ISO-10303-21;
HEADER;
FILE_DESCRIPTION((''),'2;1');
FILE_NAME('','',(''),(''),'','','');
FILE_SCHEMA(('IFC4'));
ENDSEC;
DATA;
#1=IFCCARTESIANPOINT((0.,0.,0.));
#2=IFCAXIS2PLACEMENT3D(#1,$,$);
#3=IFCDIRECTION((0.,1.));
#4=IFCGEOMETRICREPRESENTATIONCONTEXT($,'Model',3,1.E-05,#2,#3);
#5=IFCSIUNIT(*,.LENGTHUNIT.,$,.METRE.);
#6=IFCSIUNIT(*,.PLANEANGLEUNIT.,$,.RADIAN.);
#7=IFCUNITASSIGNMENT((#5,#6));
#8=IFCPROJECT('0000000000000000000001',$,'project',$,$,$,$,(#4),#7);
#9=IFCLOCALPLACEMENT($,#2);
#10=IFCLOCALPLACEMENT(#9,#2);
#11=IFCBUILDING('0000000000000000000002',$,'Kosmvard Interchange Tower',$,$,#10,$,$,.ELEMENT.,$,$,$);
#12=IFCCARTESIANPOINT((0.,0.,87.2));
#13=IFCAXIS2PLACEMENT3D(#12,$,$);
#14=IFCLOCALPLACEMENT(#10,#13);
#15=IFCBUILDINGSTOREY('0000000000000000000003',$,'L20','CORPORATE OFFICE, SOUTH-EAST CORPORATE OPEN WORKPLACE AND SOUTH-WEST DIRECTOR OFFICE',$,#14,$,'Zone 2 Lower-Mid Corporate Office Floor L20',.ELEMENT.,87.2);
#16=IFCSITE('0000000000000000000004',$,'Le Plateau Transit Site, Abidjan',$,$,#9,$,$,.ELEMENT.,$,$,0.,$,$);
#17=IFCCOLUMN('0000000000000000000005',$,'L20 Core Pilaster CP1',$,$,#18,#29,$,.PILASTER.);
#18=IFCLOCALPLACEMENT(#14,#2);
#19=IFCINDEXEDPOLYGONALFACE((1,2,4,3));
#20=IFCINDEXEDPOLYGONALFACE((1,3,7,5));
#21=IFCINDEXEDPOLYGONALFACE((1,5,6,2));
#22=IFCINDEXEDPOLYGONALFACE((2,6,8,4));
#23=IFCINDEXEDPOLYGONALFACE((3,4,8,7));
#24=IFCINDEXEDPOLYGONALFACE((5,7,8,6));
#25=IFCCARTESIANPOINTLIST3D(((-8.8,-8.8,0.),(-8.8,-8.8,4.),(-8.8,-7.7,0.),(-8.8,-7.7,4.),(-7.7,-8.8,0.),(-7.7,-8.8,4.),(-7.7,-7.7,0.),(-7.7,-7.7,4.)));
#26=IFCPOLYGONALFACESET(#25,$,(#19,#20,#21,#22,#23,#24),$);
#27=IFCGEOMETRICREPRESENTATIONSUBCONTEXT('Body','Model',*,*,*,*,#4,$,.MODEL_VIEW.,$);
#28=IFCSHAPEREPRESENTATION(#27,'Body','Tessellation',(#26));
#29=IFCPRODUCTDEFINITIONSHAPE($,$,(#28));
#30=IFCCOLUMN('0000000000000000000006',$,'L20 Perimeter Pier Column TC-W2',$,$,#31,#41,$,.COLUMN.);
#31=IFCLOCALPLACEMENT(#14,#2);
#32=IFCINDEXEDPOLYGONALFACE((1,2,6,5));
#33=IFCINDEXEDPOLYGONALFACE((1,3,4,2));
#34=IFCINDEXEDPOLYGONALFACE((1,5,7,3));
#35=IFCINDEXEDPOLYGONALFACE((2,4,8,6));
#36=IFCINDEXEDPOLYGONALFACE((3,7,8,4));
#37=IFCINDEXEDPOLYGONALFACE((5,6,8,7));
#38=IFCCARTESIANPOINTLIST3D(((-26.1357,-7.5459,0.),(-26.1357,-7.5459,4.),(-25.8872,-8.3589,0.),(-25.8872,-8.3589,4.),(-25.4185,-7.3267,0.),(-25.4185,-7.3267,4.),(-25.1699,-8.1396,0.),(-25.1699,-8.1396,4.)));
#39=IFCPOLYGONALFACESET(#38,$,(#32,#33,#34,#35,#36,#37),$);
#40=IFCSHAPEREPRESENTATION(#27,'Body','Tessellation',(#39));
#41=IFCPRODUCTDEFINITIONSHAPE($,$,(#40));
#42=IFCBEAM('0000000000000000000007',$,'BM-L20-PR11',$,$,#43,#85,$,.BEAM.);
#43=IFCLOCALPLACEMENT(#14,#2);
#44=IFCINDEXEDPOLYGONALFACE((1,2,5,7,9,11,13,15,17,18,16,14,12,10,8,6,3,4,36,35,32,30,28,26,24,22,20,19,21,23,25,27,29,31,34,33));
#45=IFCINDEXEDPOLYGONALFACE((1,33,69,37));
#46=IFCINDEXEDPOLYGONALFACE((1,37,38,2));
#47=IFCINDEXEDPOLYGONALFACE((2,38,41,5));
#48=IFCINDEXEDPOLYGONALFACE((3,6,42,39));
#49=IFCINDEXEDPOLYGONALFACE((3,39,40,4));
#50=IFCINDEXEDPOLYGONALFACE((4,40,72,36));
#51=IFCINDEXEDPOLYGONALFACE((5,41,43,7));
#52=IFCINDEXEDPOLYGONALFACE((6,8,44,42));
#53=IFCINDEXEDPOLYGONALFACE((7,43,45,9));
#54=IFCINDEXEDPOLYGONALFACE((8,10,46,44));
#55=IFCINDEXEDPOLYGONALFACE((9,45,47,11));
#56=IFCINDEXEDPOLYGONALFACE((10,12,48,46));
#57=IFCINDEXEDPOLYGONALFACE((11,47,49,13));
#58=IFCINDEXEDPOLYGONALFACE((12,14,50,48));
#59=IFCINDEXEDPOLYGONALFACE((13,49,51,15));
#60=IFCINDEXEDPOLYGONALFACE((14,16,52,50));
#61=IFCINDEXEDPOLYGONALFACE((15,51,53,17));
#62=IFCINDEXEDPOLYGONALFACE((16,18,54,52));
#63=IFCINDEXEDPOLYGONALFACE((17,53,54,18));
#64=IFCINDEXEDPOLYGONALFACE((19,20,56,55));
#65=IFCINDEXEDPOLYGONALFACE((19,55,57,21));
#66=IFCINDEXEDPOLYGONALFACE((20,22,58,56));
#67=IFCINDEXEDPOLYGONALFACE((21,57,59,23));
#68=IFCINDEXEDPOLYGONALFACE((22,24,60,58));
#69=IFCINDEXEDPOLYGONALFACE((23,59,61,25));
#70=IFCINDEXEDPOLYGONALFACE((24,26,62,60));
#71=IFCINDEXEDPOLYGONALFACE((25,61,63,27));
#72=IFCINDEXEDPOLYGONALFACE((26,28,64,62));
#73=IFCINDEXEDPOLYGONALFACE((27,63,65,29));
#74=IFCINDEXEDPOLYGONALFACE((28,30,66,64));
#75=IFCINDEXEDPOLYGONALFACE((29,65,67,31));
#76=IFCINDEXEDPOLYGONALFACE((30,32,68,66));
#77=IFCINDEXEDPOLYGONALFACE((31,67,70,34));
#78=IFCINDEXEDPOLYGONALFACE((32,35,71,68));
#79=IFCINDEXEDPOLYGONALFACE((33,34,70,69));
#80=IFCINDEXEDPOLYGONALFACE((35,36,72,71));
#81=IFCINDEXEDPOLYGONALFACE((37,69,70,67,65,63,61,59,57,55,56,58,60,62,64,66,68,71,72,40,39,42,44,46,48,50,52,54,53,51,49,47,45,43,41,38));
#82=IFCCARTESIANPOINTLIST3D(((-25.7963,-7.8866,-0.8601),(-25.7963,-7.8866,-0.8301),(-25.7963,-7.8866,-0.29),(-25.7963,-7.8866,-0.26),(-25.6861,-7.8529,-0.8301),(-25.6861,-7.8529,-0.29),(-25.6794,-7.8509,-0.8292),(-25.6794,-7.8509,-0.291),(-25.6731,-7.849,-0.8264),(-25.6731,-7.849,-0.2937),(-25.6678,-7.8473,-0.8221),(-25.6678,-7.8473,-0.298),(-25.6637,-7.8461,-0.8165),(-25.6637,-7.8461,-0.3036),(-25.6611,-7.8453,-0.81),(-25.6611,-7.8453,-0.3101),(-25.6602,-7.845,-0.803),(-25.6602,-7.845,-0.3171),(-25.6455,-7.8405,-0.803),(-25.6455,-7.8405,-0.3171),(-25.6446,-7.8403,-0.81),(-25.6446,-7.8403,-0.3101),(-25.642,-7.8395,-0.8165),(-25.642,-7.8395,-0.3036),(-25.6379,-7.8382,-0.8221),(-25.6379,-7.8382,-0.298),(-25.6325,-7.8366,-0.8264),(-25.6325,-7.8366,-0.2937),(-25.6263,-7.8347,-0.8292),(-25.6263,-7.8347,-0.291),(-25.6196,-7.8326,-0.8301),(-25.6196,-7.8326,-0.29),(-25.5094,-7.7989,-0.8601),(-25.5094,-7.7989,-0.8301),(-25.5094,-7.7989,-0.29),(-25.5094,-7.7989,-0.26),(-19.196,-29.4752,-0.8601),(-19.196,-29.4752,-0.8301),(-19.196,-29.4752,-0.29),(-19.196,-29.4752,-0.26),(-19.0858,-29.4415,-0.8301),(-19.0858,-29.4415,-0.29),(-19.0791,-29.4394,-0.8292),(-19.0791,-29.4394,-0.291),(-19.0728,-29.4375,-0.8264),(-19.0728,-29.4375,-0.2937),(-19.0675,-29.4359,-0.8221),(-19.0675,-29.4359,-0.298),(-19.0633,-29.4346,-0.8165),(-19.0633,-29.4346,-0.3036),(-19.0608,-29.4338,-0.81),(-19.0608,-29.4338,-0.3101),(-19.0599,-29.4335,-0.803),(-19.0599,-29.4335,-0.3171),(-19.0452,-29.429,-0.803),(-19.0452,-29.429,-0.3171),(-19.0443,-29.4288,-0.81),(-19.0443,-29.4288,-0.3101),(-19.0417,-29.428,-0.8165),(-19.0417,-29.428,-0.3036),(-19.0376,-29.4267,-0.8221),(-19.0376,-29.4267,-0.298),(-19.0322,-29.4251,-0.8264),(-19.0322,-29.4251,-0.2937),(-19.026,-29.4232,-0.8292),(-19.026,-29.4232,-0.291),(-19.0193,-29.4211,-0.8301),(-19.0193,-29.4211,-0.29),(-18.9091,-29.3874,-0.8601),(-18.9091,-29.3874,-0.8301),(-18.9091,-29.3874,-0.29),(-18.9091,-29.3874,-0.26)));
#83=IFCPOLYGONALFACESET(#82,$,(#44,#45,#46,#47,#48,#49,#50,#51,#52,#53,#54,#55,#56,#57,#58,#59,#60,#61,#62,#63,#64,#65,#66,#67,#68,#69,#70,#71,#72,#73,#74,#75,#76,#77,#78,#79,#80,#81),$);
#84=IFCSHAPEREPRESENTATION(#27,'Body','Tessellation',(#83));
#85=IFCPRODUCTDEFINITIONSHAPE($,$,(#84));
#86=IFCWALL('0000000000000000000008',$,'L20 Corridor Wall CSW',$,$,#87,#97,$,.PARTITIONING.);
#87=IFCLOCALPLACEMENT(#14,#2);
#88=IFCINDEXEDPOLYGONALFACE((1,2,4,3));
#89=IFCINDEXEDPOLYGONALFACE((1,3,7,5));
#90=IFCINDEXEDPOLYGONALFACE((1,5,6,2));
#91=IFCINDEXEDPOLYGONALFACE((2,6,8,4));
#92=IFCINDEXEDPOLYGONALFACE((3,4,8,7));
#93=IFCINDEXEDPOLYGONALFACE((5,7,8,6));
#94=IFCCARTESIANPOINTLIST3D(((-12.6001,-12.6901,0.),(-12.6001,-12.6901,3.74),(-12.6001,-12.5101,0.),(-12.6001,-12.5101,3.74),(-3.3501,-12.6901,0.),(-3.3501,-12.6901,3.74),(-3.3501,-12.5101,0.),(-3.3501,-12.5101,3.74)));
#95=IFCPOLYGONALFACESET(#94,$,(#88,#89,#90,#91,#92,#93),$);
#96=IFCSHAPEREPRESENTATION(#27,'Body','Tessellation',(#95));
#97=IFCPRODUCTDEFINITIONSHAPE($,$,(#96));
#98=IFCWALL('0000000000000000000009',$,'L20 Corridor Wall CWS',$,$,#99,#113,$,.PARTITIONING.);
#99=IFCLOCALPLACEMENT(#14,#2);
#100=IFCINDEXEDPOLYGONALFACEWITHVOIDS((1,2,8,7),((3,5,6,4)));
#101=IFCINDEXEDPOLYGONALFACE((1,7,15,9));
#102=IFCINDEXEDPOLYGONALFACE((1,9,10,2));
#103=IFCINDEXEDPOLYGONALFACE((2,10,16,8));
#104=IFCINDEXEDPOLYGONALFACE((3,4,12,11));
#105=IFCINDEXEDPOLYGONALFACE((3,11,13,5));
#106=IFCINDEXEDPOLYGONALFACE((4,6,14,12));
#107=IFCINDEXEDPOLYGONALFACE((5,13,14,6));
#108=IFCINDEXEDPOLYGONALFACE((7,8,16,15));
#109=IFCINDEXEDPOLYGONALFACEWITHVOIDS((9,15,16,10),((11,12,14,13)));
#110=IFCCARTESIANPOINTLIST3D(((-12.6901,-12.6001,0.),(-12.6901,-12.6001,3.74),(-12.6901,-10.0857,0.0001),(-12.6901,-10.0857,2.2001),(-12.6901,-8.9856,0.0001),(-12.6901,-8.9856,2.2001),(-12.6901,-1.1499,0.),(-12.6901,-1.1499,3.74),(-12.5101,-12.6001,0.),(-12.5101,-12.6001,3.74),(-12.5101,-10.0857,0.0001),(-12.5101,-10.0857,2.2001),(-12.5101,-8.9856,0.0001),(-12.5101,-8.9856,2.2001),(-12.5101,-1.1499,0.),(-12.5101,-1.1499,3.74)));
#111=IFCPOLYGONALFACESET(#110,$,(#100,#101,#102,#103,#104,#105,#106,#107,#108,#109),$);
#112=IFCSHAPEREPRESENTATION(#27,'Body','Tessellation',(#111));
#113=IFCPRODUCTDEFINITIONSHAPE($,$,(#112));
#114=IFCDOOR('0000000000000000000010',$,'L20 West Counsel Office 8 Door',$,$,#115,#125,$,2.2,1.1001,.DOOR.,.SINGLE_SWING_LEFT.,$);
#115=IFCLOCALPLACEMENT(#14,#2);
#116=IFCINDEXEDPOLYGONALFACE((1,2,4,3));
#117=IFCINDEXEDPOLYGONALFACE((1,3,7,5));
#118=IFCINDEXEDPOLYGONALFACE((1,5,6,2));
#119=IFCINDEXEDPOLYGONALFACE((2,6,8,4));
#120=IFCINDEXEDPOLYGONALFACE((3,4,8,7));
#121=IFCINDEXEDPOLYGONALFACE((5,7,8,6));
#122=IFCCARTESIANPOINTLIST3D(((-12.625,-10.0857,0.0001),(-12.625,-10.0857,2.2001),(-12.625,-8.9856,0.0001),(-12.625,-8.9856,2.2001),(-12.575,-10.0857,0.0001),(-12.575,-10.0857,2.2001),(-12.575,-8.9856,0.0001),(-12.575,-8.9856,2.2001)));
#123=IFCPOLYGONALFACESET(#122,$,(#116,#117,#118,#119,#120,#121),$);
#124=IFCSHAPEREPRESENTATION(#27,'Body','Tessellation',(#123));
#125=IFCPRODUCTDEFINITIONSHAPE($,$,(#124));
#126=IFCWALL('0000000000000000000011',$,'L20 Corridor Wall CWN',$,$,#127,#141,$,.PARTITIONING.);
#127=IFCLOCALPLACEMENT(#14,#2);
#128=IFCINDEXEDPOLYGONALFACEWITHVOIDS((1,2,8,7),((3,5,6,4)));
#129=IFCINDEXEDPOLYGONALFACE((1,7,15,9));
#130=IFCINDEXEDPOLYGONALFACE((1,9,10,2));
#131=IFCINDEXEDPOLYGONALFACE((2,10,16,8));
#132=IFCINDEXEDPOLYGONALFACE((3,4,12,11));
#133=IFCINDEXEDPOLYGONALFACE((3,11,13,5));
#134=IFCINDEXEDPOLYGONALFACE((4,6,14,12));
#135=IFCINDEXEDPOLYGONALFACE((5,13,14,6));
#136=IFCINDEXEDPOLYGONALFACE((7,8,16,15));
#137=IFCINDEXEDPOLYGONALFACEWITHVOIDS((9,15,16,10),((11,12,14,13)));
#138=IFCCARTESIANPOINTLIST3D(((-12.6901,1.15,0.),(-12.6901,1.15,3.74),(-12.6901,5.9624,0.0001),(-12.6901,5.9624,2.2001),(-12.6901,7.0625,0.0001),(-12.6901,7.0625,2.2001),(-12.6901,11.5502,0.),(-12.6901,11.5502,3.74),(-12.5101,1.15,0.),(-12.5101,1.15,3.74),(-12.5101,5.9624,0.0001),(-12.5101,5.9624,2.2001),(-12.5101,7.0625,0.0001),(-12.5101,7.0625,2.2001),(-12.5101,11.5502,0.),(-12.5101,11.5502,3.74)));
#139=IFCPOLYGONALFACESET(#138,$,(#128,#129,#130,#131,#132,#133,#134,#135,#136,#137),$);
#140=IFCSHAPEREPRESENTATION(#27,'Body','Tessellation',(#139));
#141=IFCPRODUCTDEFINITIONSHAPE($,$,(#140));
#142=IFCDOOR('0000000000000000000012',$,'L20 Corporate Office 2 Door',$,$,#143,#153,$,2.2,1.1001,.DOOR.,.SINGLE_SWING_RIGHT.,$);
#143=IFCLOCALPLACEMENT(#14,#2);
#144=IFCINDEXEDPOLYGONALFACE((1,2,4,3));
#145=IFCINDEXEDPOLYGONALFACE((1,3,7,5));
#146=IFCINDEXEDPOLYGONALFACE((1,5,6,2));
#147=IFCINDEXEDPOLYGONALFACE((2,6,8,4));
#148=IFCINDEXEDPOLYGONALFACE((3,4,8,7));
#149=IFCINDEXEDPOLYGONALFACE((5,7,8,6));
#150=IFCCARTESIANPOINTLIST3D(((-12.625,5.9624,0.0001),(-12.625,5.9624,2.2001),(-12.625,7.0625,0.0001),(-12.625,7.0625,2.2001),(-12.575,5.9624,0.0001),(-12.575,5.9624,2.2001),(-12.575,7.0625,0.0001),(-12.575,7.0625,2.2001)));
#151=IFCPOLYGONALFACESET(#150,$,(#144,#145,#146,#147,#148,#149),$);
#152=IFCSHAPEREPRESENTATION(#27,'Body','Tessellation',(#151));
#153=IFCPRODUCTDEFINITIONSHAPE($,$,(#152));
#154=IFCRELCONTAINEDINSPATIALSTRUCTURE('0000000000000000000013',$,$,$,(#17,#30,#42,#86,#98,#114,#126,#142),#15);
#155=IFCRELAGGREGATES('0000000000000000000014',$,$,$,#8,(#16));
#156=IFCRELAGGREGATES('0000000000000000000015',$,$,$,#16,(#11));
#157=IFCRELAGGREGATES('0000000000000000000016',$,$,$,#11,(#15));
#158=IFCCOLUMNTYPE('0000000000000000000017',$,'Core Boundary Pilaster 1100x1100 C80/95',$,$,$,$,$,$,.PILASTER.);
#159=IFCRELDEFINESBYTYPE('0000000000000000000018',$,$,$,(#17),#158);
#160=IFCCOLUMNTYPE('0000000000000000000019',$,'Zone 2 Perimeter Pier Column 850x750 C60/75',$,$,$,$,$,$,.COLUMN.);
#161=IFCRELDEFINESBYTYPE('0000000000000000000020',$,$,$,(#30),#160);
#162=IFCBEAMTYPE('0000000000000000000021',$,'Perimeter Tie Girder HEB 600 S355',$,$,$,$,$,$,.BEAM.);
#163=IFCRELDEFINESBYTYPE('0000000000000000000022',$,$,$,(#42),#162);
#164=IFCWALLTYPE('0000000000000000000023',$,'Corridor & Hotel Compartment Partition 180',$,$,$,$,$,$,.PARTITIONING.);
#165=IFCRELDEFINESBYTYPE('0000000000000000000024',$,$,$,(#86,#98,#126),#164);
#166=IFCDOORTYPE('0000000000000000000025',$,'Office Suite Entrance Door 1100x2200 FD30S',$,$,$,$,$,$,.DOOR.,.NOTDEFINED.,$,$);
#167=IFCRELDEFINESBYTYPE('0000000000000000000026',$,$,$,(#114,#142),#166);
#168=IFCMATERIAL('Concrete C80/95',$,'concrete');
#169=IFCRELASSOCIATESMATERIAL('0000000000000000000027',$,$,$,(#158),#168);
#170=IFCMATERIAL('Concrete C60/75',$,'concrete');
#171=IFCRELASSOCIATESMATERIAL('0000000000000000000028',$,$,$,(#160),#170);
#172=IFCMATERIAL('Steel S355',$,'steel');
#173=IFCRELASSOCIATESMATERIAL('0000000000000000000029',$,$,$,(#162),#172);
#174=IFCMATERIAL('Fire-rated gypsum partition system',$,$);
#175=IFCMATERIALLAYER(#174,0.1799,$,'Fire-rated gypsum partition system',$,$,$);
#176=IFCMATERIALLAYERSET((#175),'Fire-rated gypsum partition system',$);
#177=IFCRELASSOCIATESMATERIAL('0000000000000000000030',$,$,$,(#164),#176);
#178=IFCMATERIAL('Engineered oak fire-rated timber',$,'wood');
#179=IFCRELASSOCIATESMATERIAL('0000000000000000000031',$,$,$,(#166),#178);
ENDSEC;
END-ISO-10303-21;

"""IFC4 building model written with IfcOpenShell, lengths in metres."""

from ifc_helpers import new_model, si_unit, direction, frame, frame_2d, origin, origin_2d, place, context, subcontext, project, spatial, rectangle, i_section, extrude, source, transform, mapped, material, layer, layer_set, material_profile, profile_set, type_object, element, fill, save


model = new_model("IFC4")

# Units and contexts
model_context = context("Model", 3, precision=1e-05, world=origin(), true_north=direction((0.0, 1.0)))
body_context = subcontext(model_context, "Body", "Model", "MODEL_VIEW")
ifc_project = project(units=[si_unit("LENGTHUNIT", "METRE"), si_unit("PLANEANGLEUNIT", "RADIAN")], contexts=[model_context])

# Site, building, storey
site_placement = place(None, origin())
site = spatial("IfcSite", under=ifc_project, at=site_placement, Name="Le Plateau Transit Site, Abidjan", CompositionType="ELEMENT", RefElevation=0.0)
building_placement = place(site_placement, origin())
building = spatial("IfcBuilding", under=site, at=building_placement, Name="Kosmvard Interchange Tower", CompositionType="ELEMENT")
storey_placement = place(building_placement, frame((0.0, 0.0, 87.2)))
storey = spatial("IfcBuildingStorey", under=building, at=storey_placement, Name="L20", Description="CORPORATE OFFICE, SOUTH-EAST CORPORATE OPEN WORKPLACE AND SOUTH-WEST DIRECTOR OFFICE", LongName="Zone 2 Lower-Mid Corporate Office Floor L20", CompositionType="ELEMENT", Elevation=87.2)

# Columns
ifc_material_1 = material(Name="Concrete C80/95", Category="concrete")
ifc_material_profile_1 = material_profile(ifc_material_1, rectangle(XDim=1.1001, YDim=1.1001, at=origin_2d()), Name="CP 1100x1100")
ifc_profile_set_1 = profile_set([ifc_material_profile_1], Name="Concrete C80/95")
column_type_1 = type_object("IfcColumnType", Name="Core Boundary Pilaster 1100x1100 C80/95", PredefinedType="PILASTER", material=ifc_profile_set_1)
shared_shape_1 = source(origin(), body_context, "Body", "SweptSolid", [
    extrude(rectangle(XDim=1.1001, YDim=1.1001, at=origin_2d()), origin(), (0.0, 0.0, 1.0), 4.0),
])
column_1_placement = place(storey_placement, frame((-8.25, -8.25, 0.0), z_axis=(0.0, 0.0, 1.0), x_axis=(1.0, 0.0, 0.0)))
element("IfcColumn", 1, at=column_1_placement, inside=storey, type_object=column_type_1, Name="L20 Core Pilaster CP1", PredefinedType="PILASTER", context=body_context, shape_type="MappedRepresentation", body=[
    mapped(shared_shape_1, transform((0.0, 0.0, 0.0), scale=1.0)),
])
ifc_material_2 = material(Name="Concrete C60/75", Category="concrete")
ifc_material_profile_2 = material_profile(ifc_material_2, rectangle(XDim=0.75, YDim=0.8501, at=origin_2d()), Name="TC 850x750")
ifc_profile_set_2 = profile_set([ifc_material_profile_2], Name="Concrete C60/75")
column_type_2 = type_object("IfcColumnType", Name="Zone 2 Perimeter Pier Column 850x750 C60/75", PredefinedType="COLUMN", material=ifc_profile_set_2)
shared_shape_2 = source(origin(), body_context, "Body", "SweptSolid", [
    extrude(rectangle(XDim=0.75, YDim=0.8501, at=origin_2d()), origin(), (0.0, 0.0, 1.0), 4.0),
])
column_2_placement = place(storey_placement, frame((-25.6528, -7.8428, 0.0), z_axis=(0.0, 0.0, 1.0), x_axis=(0.956305, 0.292372, 0.0)))
element("IfcColumn", 2, at=column_2_placement, inside=storey, type_object=column_type_2, Name="L20 Perimeter Pier Column TC-W2", PredefinedType="COLUMN", context=body_context, shape_type="MappedRepresentation", body=[
    mapped(shared_shape_2, transform((0.0, 0.0, 0.0), scale=1.0)),
])

# Beam
ifc_material_3 = material(Name="Steel S355", Category="steel")
ifc_material_profile_3 = material_profile(ifc_material_3, i_section(OverallWidth=0.3, OverallDepth=0.6001, WebThickness=0.0154, FlangeThickness=0.03, FilletRadius=0.0271, at=origin_2d()), Name="HEB 600")
ifc_profile_set_3 = profile_set([ifc_material_profile_3], Name="Steel S355")
beam_type = type_object("IfcBeamType", Name="Perimeter Tie Girder HEB 600 S355", PredefinedType="BEAM", material=ifc_profile_set_3)
shared_shape_3 = source(origin(), body_context, "Body", "SweptSolid", [
    extrude(i_section(OverallWidth=0.3, OverallDepth=0.6001, WebThickness=0.0154, FlangeThickness=0.03, FilletRadius=0.0271, at=origin_2d()), origin(), (0.0, 0.0, 1.0), 22.575),
])
beam_placement = place(storey_placement, frame((-25.6528, -7.8428, -0.5601), z_axis=(0.292373, -0.956304, 0.0), x_axis=(0.956304, 0.292373, 0.0)))
element("IfcBeam", 3, at=beam_placement, inside=storey, type_object=beam_type, Name="BM-L20-PR11", PredefinedType="BEAM", context=body_context, shape_type="MappedRepresentation", body=[
    mapped(shared_shape_3, transform((0.0, 0.0, 0.0), scale=1.0)),
])

# Wall
ifc_material_4 = material(Name="Fire-rated gypsum partition system")
ifc_layer_1 = layer(ifc_material_4, 0.1799, Name="Fire-rated gypsum partition system")
ifc_layer_set_1 = layer_set([ifc_layer_1], Name="Fire-rated gypsum partition system")
wall_type_1 = type_object("IfcWallType", Name="Corridor & Hotel Compartment Partition 180", PredefinedType="PARTITIONING", material=ifc_layer_set_1)
wall_1_placement = place(storey_placement, frame((-12.6001, -12.6001, 0.0), z_axis=(0.0, 0.0, 1.0), x_axis=(1.0, 0.0, 0.0)))
element("IfcWall", 4, at=wall_1_placement, inside=storey, type_object=wall_type_1, Name="L20 Corridor Wall CSW", PredefinedType="PARTITIONING", context=body_context, shape_type="SweptSolid", body=[
    extrude(rectangle(XDim=9.25, YDim=0.1799, at=frame_2d((4.625, 0.0))), origin(), (0.0, 0.0, 1.0), 3.74),
])

# Walls, openings, doors
wall_2_placement = place(storey_placement, frame((-12.6001, -12.6001, 0.0), z_axis=(0.0, 0.0, 1.0), x_axis=(0.0, 1.0, 0.0)))
wall_2 = element("IfcWall", 5, at=wall_2_placement, inside=storey, type_object=wall_type_1, Name="L20 Corridor Wall CWS", PredefinedType="PARTITIONING", context=body_context, shape_type="SweptSolid", body=[
    extrude(rectangle(XDim=11.4502, YDim=0.1799, at=frame_2d((5.7251, 0.0))), origin(), (0.0, 0.0, 1.0), 3.74),
])
opening_1_placement = place(wall_2_placement, frame((2.5144, 0.0, 0.0)))
opening_1 = element("IfcOpeningElement", 6, at=opening_1_placement, cuts=wall_2, PredefinedType="OPENING", context=body_context, shape_type="SweptSolid", body=[
    extrude(rectangle(XDim=1.1001, YDim=2.2, at=frame_2d((0.55, 1.1001))), frame((0.0, 0.1001, 0.0), z_axis=(0.0, -1.0, 0.0), x_axis=(1.0, 0.0, 0.0)), (0.0, 0.0, 1.0), 0.2),
])
ifc_material_5 = material(Name="Engineered oak fire-rated timber", Category="wood")
door_type_1 = type_object("IfcDoorType", Name="Office Suite Entrance Door 1100x2200 FD30S", OperationType="NOTDEFINED", PredefinedType="DOOR", material=ifc_material_5)
shared_shape_4 = source(origin(), body_context, "Body", "SweptSolid", [
    extrude(rectangle(XDim=1.1001, YDim=2.2, at=frame_2d((0.55, 1.1001))), frame((0.0, 0.0249, 0.0), z_axis=(0.0, -1.0, 0.0), x_axis=(1.0, 0.0, 0.0)), (0.0, 0.0, 1.0), 0.05),
])
door_1_placement = place(opening_1_placement, origin())
door_1 = element("IfcDoor", 7, at=door_1_placement, inside=storey, type_object=door_type_1, Name="L20 West Counsel Office 8 Door", OperationType="SINGLE_SWING_LEFT", OverallHeight=2.2, OverallWidth=1.1001, PredefinedType="DOOR", context=body_context, shape_type="MappedRepresentation", body=[
    mapped(shared_shape_4, transform((0.0, 0.0, 0.0), scale=1.0)),
])
fill(opening_1, door_1)
wall_3_placement = place(storey_placement, frame((-12.6001, 1.1499, 0.0), z_axis=(0.0, 0.0, 1.0), x_axis=(0.0, 1.0, 0.0)))
wall_3 = element("IfcWall", 8, at=wall_3_placement, inside=storey, type_object=wall_type_1, Name="L20 Corridor Wall CWN", PredefinedType="PARTITIONING", context=body_context, shape_type="SweptSolid", body=[
    extrude(rectangle(XDim=10.4001, YDim=0.1799, at=frame_2d((5.2002, 0.0))), origin(), (0.0, 0.0, 1.0), 3.74),
])
opening_2_placement = place(wall_3_placement, frame((4.8125, 0.0, 0.0)))
opening_2 = element("IfcOpeningElement", 9, at=opening_2_placement, cuts=wall_3, PredefinedType="OPENING", context=body_context, shape_type="SweptSolid", body=[
    extrude(rectangle(XDim=1.1001, YDim=2.2, at=frame_2d((0.55, 1.1001))), frame((0.0, 0.1001, 0.0), z_axis=(0.0, -1.0, 0.0), x_axis=(1.0, 0.0, 0.0)), (0.0, 0.0, 1.0), 0.2),
])
door_2_placement = place(opening_2_placement, origin())
door_2 = element("IfcDoor", 10, at=door_2_placement, inside=storey, type_object=door_type_1, Name="L20 Corporate Office 2 Door", OperationType="SINGLE_SWING_RIGHT", OverallHeight=2.2, OverallWidth=1.1001, PredefinedType="DOOR", context=body_context, shape_type="MappedRepresentation", body=[
    mapped(shared_shape_4, transform((0.0, 0.0, 0.0), scale=1.0)),
])
fill(opening_2, door_2)

save(model, "model.ifc")
